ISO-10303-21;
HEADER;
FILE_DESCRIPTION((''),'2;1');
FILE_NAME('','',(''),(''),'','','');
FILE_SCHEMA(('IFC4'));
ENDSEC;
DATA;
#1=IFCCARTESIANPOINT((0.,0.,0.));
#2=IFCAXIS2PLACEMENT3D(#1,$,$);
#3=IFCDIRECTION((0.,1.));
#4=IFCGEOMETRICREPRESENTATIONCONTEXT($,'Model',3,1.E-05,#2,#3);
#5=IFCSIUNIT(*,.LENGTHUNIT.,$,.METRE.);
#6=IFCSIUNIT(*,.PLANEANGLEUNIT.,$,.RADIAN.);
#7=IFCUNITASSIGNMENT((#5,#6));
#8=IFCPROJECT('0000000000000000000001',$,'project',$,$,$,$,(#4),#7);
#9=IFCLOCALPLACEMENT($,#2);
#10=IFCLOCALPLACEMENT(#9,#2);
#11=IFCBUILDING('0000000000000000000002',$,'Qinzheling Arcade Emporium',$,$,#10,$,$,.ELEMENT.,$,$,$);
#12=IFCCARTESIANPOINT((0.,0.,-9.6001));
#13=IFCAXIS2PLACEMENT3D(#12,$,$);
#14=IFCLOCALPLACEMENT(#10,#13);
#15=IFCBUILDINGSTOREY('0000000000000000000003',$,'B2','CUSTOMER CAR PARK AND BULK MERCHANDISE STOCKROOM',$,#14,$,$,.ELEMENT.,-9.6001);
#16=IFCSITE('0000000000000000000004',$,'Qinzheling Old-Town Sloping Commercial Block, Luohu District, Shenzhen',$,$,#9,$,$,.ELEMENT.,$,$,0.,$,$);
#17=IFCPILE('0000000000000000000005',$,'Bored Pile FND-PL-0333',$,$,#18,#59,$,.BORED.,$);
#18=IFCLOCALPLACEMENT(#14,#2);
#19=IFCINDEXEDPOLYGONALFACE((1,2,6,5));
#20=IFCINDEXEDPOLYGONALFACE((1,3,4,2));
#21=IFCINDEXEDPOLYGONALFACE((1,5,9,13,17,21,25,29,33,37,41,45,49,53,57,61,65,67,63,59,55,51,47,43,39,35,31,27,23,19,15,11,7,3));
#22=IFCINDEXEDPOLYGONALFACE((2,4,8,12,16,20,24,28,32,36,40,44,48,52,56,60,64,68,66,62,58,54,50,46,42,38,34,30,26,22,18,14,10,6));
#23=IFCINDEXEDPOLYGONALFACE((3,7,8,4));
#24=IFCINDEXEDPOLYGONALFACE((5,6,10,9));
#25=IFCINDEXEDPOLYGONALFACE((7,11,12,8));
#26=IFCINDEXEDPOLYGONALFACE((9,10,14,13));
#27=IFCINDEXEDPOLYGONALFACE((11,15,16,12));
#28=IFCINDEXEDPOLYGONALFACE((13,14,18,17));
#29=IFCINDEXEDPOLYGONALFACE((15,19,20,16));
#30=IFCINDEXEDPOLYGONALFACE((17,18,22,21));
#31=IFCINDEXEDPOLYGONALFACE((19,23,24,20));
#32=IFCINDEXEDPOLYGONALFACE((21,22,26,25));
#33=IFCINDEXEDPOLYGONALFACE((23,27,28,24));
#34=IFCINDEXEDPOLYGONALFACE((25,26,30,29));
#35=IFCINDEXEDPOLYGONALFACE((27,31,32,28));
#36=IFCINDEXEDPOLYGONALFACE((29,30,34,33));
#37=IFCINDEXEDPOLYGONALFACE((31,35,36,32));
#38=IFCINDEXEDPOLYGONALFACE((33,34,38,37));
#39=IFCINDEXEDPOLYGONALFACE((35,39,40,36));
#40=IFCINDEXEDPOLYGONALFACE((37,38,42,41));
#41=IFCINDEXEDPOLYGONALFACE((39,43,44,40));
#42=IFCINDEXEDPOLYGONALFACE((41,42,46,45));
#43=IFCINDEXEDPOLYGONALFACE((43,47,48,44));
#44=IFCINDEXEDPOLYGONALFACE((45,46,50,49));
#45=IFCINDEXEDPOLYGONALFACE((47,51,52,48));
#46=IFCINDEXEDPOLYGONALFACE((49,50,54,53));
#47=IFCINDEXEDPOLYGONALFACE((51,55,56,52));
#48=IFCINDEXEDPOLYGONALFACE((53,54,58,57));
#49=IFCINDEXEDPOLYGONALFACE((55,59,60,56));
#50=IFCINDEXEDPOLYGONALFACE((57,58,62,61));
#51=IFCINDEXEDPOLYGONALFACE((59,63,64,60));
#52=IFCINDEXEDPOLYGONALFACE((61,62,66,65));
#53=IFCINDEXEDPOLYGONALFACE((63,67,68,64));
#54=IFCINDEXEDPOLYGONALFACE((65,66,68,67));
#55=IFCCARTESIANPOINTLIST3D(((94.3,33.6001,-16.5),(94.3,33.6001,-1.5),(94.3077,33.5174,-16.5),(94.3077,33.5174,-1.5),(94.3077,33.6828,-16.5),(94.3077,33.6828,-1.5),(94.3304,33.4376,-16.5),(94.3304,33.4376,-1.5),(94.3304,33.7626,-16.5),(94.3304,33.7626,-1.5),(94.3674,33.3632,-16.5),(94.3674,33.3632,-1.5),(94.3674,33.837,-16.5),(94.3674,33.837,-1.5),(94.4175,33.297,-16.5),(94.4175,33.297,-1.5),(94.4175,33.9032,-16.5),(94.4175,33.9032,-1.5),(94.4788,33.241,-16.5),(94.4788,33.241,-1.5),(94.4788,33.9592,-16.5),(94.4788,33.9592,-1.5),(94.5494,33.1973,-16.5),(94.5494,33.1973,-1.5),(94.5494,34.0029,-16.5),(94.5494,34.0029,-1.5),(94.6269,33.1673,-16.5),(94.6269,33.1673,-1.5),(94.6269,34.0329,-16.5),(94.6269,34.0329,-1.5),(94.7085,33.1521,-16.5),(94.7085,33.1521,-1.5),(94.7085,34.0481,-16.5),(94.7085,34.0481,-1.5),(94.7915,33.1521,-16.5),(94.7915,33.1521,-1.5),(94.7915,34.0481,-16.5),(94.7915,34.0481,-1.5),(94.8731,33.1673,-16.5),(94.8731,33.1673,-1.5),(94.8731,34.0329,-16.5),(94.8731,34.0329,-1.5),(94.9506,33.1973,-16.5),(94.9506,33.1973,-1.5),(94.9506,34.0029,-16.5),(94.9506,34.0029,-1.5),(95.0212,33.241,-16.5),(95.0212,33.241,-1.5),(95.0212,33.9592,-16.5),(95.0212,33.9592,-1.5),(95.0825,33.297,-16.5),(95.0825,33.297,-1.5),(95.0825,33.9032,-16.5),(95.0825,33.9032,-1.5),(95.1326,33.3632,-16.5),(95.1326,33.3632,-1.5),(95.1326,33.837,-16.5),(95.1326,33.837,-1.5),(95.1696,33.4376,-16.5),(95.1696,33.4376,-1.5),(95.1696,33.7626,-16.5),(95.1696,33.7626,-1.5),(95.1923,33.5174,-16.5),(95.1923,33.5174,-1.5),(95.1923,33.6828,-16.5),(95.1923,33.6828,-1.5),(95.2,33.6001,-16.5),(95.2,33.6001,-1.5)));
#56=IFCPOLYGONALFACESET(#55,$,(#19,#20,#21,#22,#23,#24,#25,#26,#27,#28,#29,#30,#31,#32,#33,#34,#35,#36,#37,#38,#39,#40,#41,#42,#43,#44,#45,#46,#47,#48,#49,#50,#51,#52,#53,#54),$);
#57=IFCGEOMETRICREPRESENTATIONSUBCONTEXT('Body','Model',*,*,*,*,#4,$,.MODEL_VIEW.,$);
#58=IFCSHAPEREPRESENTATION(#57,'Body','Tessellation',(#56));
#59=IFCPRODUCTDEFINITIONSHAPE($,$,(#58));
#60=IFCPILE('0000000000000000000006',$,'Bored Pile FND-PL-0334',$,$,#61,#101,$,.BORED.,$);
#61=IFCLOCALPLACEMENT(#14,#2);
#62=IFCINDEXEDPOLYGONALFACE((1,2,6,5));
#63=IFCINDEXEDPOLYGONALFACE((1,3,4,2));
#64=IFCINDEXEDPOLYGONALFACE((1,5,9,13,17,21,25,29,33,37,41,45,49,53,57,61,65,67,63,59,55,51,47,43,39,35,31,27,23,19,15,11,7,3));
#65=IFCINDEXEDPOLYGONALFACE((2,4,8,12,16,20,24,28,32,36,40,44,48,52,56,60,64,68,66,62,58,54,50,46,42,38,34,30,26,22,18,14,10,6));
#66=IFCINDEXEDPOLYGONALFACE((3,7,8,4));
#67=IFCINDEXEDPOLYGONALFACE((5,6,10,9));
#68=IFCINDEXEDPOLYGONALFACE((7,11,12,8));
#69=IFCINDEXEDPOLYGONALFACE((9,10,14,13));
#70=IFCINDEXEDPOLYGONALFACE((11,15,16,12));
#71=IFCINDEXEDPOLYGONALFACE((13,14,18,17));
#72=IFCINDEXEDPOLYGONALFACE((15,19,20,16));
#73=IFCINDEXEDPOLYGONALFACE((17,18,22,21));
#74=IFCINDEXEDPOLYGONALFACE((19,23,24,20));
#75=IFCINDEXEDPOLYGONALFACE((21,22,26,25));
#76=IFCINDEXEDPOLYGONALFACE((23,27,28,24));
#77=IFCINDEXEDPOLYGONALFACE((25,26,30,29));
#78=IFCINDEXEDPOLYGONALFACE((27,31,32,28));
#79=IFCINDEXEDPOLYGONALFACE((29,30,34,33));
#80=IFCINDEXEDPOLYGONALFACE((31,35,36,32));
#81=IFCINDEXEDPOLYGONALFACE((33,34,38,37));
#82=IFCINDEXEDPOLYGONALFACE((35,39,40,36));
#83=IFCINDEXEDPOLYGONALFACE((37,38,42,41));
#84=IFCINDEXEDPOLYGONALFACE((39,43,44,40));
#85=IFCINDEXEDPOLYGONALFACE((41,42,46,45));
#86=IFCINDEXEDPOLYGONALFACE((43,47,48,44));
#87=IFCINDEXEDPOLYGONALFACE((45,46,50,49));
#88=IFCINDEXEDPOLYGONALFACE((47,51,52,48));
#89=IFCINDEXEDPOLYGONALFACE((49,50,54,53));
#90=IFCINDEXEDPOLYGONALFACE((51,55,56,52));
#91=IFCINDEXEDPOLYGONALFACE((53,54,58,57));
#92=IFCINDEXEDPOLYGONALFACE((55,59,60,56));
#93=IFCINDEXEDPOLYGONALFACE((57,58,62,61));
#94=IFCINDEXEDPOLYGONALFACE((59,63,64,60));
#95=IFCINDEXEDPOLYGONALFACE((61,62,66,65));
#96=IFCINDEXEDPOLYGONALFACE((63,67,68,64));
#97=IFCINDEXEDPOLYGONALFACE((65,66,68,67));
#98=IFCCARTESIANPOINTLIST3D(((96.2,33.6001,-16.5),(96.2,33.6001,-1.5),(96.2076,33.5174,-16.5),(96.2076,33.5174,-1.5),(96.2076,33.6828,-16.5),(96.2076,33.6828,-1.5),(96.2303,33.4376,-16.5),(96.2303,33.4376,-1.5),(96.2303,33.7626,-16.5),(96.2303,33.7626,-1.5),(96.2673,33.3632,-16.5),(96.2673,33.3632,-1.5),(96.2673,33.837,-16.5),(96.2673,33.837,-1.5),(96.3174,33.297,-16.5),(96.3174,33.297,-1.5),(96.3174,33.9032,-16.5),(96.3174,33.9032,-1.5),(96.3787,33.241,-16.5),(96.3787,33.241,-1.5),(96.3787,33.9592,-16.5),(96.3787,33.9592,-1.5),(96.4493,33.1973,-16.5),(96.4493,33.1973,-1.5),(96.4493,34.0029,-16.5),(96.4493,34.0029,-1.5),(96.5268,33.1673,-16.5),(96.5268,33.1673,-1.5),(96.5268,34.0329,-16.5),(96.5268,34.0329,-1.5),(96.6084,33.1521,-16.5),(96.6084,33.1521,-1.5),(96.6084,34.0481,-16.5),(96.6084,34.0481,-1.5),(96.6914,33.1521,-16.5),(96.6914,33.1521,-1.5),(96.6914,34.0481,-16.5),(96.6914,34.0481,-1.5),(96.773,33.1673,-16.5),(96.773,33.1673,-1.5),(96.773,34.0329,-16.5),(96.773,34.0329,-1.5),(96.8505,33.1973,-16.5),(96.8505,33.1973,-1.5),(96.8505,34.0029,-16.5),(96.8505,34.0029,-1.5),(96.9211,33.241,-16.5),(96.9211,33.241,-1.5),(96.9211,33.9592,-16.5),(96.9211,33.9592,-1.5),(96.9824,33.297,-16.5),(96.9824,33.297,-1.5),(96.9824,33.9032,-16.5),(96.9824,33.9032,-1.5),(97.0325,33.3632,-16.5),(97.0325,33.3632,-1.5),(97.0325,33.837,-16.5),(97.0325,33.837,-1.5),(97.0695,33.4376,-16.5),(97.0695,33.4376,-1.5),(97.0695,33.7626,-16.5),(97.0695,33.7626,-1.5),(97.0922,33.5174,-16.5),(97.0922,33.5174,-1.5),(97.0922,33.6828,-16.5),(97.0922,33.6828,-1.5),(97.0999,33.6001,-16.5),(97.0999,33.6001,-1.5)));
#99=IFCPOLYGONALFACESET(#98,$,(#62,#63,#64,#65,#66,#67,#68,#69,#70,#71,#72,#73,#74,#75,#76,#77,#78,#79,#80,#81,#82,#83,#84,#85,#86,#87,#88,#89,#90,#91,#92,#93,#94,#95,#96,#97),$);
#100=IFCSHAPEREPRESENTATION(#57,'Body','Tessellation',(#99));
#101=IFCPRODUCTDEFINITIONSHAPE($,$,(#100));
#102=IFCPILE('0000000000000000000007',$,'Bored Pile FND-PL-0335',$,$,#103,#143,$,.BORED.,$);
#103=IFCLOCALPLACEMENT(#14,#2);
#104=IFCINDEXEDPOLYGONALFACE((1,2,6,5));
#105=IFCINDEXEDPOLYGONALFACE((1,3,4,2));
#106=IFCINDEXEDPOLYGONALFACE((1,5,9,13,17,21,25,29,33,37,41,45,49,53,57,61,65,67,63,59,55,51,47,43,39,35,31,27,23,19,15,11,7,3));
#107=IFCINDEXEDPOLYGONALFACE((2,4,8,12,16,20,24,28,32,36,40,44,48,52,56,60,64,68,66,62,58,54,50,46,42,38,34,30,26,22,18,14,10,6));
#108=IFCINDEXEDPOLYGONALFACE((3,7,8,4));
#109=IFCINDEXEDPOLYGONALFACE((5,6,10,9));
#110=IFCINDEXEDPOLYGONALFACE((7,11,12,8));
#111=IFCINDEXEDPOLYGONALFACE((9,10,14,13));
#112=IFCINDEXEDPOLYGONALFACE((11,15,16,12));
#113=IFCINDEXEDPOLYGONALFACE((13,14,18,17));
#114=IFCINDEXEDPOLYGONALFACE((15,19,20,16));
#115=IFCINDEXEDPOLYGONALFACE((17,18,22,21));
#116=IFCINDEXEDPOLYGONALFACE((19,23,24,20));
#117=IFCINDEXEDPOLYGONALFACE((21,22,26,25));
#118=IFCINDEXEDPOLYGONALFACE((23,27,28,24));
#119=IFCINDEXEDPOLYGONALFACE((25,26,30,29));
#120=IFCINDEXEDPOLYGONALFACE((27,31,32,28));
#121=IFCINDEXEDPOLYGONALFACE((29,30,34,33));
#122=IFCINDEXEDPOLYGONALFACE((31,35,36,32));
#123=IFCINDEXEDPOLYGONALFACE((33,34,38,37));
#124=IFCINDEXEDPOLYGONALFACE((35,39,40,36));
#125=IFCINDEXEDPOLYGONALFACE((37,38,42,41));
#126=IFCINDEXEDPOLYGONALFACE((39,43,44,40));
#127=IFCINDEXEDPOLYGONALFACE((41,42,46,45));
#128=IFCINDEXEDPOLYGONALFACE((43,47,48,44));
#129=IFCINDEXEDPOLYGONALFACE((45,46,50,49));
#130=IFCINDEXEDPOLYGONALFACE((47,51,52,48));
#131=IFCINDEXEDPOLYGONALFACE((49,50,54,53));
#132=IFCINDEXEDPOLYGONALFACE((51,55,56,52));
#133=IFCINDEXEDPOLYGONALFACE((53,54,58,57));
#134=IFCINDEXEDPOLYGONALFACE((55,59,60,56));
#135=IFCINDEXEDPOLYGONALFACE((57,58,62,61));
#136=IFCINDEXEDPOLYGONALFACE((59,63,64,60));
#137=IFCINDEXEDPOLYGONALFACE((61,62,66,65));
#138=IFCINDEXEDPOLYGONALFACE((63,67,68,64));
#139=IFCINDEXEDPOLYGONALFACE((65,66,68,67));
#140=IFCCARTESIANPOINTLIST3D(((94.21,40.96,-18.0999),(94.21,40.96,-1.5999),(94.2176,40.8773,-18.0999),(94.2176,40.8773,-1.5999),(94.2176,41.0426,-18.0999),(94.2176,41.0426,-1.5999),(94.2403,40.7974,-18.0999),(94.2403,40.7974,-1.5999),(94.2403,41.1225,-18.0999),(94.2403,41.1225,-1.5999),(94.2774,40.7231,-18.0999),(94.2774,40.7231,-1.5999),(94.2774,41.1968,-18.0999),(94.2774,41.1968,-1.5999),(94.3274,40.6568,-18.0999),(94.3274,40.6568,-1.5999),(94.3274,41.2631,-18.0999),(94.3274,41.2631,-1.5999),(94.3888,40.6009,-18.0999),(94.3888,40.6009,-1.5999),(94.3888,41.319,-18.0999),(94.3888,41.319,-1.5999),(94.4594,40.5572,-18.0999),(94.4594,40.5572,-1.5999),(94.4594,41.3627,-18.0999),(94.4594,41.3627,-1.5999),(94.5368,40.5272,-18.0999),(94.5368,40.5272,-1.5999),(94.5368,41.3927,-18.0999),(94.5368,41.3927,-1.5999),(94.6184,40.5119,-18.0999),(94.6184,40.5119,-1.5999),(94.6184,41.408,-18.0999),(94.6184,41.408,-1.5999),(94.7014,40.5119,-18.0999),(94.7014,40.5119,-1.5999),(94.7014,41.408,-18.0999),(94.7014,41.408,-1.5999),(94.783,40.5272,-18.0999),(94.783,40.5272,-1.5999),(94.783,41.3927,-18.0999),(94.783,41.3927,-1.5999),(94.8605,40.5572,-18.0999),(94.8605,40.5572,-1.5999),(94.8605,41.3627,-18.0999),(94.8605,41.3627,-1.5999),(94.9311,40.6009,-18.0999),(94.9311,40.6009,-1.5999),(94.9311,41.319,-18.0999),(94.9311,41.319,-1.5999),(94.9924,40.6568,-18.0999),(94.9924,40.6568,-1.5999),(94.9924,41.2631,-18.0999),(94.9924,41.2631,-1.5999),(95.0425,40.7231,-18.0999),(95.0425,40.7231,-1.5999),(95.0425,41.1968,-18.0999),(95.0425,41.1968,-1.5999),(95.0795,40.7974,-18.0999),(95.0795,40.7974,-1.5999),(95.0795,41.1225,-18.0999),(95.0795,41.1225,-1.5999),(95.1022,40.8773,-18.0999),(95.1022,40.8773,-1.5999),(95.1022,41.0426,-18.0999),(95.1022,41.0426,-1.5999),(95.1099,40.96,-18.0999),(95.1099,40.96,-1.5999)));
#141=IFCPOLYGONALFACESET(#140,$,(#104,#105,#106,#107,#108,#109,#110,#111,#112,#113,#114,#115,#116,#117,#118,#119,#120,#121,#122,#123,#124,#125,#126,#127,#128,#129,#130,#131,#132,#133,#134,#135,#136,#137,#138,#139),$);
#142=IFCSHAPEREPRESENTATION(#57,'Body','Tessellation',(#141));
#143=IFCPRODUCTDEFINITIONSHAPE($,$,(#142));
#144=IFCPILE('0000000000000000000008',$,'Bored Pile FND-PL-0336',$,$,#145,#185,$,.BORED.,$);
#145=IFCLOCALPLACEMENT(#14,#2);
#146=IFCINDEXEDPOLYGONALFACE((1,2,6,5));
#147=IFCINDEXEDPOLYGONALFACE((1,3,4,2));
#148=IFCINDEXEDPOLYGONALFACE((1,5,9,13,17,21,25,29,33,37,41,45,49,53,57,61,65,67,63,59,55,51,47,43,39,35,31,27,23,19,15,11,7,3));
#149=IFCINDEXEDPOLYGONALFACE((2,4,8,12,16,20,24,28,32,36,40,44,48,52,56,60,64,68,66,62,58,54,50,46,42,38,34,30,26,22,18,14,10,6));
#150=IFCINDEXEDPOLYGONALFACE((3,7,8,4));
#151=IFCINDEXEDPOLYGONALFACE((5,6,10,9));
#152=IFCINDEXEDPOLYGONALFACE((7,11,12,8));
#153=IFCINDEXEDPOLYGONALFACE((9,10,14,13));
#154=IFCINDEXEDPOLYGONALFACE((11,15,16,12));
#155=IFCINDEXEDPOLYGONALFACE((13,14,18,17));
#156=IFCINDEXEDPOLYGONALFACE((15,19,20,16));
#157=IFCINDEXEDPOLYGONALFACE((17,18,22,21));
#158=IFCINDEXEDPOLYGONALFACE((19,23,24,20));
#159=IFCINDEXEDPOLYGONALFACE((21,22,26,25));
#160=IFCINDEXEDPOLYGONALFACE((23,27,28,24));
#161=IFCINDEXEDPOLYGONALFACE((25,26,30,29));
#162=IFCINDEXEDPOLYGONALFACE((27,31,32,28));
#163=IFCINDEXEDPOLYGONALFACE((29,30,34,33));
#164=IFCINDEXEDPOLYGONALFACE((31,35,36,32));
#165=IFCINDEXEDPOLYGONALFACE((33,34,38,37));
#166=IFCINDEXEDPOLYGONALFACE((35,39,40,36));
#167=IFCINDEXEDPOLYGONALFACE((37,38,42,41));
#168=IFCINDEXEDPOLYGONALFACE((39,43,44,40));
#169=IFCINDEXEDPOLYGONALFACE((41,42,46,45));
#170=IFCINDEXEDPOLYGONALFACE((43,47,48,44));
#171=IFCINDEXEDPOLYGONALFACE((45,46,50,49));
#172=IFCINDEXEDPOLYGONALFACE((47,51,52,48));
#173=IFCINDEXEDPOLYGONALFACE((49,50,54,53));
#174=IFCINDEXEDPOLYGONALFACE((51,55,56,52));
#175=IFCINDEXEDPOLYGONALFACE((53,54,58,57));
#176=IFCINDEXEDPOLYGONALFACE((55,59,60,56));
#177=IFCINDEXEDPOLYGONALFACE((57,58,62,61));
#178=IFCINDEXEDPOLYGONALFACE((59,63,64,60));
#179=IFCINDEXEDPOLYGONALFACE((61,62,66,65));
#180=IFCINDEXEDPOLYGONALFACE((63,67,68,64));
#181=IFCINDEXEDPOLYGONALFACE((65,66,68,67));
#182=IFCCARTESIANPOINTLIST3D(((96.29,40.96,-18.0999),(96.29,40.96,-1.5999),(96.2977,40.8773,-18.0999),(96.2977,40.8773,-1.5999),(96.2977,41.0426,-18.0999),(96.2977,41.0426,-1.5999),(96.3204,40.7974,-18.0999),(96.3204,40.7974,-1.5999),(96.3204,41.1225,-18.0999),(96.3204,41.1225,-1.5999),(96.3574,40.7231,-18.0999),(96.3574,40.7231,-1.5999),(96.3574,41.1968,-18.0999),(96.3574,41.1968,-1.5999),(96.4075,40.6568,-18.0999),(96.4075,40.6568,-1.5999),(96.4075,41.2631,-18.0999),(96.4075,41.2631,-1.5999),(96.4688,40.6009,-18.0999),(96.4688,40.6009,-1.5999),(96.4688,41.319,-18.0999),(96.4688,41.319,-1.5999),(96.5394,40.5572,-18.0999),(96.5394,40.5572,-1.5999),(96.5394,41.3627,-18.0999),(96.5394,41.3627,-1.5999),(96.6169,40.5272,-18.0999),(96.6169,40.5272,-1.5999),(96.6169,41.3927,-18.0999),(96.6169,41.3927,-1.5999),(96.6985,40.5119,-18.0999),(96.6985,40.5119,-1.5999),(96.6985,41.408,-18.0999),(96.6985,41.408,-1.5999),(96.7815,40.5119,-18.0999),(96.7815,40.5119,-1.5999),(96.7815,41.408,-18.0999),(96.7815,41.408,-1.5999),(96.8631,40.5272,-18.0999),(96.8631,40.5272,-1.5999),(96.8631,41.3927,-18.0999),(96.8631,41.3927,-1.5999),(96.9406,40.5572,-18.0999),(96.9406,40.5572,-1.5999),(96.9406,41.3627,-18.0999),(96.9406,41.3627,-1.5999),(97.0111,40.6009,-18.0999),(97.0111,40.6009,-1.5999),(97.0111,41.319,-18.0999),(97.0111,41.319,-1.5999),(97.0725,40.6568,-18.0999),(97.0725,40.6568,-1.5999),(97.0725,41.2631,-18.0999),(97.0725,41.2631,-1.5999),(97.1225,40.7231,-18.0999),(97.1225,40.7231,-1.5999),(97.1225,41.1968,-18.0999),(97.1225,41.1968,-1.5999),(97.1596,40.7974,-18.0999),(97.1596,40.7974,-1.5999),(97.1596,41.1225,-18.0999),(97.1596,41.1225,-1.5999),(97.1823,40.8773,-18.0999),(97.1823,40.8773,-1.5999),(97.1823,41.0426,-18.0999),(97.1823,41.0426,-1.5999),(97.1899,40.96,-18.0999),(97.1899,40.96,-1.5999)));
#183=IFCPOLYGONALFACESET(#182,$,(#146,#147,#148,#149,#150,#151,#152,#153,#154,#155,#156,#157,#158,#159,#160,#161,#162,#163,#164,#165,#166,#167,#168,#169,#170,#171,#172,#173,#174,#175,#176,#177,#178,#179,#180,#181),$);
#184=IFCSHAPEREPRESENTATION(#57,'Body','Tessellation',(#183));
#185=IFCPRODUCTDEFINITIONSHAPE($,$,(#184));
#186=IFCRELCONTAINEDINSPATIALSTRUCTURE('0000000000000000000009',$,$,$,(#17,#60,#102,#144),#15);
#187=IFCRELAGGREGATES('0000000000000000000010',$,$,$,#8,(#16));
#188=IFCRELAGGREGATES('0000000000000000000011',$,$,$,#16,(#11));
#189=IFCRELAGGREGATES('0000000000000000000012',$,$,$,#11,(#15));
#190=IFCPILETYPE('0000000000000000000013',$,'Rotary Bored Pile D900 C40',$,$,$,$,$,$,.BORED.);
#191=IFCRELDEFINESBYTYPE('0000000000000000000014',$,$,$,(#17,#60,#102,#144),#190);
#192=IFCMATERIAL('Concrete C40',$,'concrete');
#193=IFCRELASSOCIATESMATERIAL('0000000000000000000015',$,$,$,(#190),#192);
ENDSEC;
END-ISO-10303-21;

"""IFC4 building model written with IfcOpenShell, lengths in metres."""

from ifc_helpers import new_model, si_unit, direction, frame, origin, origin_2d, place, context, subcontext, project, spatial, circle, extrude, material, material_profile, profile_set, type_object, element, save


model = new_model("IFC4")

# Units and contexts
model_context = context("Model", 3, precision=1e-05, world=origin(), true_north=direction((0.0, 1.0)))
body_context = subcontext(model_context, "Body", "Model", "MODEL_VIEW")
ifc_project = project(units=[si_unit("LENGTHUNIT", "METRE"), si_unit("PLANEANGLEUNIT", "RADIAN")], contexts=[model_context])

# Site, building, storey
site_placement = place(None, origin())
site = spatial("IfcSite", under=ifc_project, at=site_placement, Name="Qinzheling Old-Town Sloping Commercial Block, Luohu District, Shenzhen", CompositionType="ELEMENT", RefElevation=0.0)
building_placement = place(site_placement, origin())
building = spatial("IfcBuilding", under=site, at=building_placement, Name="Qinzheling Arcade Emporium", CompositionType="ELEMENT")
storey_placement = place(building_placement, frame((0.0, 0.0, -9.6001)))
storey = spatial("IfcBuildingStorey", under=building, at=storey_placement, Name="B2", Description="CUSTOMER CAR PARK AND BULK MERCHANDISE STOCKROOM", CompositionType="ELEMENT", Elevation=-9.6001)

# Shared definitions
ifc_material_1 = material(Name="Concrete C40", Category="concrete")

# Piles
ifc_material_profile_1 = material_profile(ifc_material_1, circle(Radius=0.45, at=origin_2d()), Name="BORED D900", Category="concrete")
ifc_profile_set_1 = profile_set([ifc_material_profile_1], Name="Concrete C40")
pile_type_1 = type_object("IfcPileType", Name="Rotary Bored Pile D900 C40", PredefinedType="BORED", material=ifc_profile_set_1)
for number, where, z_axis, x_axis, name in (
    (1, (94.75, 33.6001, -1.5), (0.0, 0.0, -1.0), (1.0, 0.0, 0.0), "Bored Pile FND-PL-0333"),
    (2, (96.6499, 33.6001, -1.5), (0.0, 0.0, -1.0), (1.0, 0.0, 0.0), "Bored Pile FND-PL-0334"),
):
    element("IfcPile", number, at=place(storey_placement, frame(where, z_axis=z_axis, x_axis=x_axis)), inside=storey, type_object=pile_type_1, Name=name, PredefinedType="BORED", context=body_context, shape_type="SweptSolid", body=[
        extrude(circle(Radius=0.45, at=origin_2d()), origin(), (0.0, 0.0, 1.0), 15.0),
    ])
for number, where, z_axis, x_axis, name in (
    (3, (94.6599, 40.96, -1.5999), (0.0, 0.0, -1.0), (1.0, 0.0, 0.0), "Bored Pile FND-PL-0335"),
    (4, (96.74, 40.96, -1.5999), (0.0, 0.0, -1.0), (1.0, 0.0, 0.0), "Bored Pile FND-PL-0336"),
):
    element("IfcPile", number, at=place(storey_placement, frame(where, z_axis=z_axis, x_axis=x_axis)), inside=storey, type_object=pile_type_1, Name=name, PredefinedType="BORED", context=body_context, shape_type="SweptSolid", body=[
        extrude(circle(Radius=0.45, at=origin_2d()), origin(), (0.0, 0.0, 1.0), 16.5),
    ])

save(model, "model.ifc")
